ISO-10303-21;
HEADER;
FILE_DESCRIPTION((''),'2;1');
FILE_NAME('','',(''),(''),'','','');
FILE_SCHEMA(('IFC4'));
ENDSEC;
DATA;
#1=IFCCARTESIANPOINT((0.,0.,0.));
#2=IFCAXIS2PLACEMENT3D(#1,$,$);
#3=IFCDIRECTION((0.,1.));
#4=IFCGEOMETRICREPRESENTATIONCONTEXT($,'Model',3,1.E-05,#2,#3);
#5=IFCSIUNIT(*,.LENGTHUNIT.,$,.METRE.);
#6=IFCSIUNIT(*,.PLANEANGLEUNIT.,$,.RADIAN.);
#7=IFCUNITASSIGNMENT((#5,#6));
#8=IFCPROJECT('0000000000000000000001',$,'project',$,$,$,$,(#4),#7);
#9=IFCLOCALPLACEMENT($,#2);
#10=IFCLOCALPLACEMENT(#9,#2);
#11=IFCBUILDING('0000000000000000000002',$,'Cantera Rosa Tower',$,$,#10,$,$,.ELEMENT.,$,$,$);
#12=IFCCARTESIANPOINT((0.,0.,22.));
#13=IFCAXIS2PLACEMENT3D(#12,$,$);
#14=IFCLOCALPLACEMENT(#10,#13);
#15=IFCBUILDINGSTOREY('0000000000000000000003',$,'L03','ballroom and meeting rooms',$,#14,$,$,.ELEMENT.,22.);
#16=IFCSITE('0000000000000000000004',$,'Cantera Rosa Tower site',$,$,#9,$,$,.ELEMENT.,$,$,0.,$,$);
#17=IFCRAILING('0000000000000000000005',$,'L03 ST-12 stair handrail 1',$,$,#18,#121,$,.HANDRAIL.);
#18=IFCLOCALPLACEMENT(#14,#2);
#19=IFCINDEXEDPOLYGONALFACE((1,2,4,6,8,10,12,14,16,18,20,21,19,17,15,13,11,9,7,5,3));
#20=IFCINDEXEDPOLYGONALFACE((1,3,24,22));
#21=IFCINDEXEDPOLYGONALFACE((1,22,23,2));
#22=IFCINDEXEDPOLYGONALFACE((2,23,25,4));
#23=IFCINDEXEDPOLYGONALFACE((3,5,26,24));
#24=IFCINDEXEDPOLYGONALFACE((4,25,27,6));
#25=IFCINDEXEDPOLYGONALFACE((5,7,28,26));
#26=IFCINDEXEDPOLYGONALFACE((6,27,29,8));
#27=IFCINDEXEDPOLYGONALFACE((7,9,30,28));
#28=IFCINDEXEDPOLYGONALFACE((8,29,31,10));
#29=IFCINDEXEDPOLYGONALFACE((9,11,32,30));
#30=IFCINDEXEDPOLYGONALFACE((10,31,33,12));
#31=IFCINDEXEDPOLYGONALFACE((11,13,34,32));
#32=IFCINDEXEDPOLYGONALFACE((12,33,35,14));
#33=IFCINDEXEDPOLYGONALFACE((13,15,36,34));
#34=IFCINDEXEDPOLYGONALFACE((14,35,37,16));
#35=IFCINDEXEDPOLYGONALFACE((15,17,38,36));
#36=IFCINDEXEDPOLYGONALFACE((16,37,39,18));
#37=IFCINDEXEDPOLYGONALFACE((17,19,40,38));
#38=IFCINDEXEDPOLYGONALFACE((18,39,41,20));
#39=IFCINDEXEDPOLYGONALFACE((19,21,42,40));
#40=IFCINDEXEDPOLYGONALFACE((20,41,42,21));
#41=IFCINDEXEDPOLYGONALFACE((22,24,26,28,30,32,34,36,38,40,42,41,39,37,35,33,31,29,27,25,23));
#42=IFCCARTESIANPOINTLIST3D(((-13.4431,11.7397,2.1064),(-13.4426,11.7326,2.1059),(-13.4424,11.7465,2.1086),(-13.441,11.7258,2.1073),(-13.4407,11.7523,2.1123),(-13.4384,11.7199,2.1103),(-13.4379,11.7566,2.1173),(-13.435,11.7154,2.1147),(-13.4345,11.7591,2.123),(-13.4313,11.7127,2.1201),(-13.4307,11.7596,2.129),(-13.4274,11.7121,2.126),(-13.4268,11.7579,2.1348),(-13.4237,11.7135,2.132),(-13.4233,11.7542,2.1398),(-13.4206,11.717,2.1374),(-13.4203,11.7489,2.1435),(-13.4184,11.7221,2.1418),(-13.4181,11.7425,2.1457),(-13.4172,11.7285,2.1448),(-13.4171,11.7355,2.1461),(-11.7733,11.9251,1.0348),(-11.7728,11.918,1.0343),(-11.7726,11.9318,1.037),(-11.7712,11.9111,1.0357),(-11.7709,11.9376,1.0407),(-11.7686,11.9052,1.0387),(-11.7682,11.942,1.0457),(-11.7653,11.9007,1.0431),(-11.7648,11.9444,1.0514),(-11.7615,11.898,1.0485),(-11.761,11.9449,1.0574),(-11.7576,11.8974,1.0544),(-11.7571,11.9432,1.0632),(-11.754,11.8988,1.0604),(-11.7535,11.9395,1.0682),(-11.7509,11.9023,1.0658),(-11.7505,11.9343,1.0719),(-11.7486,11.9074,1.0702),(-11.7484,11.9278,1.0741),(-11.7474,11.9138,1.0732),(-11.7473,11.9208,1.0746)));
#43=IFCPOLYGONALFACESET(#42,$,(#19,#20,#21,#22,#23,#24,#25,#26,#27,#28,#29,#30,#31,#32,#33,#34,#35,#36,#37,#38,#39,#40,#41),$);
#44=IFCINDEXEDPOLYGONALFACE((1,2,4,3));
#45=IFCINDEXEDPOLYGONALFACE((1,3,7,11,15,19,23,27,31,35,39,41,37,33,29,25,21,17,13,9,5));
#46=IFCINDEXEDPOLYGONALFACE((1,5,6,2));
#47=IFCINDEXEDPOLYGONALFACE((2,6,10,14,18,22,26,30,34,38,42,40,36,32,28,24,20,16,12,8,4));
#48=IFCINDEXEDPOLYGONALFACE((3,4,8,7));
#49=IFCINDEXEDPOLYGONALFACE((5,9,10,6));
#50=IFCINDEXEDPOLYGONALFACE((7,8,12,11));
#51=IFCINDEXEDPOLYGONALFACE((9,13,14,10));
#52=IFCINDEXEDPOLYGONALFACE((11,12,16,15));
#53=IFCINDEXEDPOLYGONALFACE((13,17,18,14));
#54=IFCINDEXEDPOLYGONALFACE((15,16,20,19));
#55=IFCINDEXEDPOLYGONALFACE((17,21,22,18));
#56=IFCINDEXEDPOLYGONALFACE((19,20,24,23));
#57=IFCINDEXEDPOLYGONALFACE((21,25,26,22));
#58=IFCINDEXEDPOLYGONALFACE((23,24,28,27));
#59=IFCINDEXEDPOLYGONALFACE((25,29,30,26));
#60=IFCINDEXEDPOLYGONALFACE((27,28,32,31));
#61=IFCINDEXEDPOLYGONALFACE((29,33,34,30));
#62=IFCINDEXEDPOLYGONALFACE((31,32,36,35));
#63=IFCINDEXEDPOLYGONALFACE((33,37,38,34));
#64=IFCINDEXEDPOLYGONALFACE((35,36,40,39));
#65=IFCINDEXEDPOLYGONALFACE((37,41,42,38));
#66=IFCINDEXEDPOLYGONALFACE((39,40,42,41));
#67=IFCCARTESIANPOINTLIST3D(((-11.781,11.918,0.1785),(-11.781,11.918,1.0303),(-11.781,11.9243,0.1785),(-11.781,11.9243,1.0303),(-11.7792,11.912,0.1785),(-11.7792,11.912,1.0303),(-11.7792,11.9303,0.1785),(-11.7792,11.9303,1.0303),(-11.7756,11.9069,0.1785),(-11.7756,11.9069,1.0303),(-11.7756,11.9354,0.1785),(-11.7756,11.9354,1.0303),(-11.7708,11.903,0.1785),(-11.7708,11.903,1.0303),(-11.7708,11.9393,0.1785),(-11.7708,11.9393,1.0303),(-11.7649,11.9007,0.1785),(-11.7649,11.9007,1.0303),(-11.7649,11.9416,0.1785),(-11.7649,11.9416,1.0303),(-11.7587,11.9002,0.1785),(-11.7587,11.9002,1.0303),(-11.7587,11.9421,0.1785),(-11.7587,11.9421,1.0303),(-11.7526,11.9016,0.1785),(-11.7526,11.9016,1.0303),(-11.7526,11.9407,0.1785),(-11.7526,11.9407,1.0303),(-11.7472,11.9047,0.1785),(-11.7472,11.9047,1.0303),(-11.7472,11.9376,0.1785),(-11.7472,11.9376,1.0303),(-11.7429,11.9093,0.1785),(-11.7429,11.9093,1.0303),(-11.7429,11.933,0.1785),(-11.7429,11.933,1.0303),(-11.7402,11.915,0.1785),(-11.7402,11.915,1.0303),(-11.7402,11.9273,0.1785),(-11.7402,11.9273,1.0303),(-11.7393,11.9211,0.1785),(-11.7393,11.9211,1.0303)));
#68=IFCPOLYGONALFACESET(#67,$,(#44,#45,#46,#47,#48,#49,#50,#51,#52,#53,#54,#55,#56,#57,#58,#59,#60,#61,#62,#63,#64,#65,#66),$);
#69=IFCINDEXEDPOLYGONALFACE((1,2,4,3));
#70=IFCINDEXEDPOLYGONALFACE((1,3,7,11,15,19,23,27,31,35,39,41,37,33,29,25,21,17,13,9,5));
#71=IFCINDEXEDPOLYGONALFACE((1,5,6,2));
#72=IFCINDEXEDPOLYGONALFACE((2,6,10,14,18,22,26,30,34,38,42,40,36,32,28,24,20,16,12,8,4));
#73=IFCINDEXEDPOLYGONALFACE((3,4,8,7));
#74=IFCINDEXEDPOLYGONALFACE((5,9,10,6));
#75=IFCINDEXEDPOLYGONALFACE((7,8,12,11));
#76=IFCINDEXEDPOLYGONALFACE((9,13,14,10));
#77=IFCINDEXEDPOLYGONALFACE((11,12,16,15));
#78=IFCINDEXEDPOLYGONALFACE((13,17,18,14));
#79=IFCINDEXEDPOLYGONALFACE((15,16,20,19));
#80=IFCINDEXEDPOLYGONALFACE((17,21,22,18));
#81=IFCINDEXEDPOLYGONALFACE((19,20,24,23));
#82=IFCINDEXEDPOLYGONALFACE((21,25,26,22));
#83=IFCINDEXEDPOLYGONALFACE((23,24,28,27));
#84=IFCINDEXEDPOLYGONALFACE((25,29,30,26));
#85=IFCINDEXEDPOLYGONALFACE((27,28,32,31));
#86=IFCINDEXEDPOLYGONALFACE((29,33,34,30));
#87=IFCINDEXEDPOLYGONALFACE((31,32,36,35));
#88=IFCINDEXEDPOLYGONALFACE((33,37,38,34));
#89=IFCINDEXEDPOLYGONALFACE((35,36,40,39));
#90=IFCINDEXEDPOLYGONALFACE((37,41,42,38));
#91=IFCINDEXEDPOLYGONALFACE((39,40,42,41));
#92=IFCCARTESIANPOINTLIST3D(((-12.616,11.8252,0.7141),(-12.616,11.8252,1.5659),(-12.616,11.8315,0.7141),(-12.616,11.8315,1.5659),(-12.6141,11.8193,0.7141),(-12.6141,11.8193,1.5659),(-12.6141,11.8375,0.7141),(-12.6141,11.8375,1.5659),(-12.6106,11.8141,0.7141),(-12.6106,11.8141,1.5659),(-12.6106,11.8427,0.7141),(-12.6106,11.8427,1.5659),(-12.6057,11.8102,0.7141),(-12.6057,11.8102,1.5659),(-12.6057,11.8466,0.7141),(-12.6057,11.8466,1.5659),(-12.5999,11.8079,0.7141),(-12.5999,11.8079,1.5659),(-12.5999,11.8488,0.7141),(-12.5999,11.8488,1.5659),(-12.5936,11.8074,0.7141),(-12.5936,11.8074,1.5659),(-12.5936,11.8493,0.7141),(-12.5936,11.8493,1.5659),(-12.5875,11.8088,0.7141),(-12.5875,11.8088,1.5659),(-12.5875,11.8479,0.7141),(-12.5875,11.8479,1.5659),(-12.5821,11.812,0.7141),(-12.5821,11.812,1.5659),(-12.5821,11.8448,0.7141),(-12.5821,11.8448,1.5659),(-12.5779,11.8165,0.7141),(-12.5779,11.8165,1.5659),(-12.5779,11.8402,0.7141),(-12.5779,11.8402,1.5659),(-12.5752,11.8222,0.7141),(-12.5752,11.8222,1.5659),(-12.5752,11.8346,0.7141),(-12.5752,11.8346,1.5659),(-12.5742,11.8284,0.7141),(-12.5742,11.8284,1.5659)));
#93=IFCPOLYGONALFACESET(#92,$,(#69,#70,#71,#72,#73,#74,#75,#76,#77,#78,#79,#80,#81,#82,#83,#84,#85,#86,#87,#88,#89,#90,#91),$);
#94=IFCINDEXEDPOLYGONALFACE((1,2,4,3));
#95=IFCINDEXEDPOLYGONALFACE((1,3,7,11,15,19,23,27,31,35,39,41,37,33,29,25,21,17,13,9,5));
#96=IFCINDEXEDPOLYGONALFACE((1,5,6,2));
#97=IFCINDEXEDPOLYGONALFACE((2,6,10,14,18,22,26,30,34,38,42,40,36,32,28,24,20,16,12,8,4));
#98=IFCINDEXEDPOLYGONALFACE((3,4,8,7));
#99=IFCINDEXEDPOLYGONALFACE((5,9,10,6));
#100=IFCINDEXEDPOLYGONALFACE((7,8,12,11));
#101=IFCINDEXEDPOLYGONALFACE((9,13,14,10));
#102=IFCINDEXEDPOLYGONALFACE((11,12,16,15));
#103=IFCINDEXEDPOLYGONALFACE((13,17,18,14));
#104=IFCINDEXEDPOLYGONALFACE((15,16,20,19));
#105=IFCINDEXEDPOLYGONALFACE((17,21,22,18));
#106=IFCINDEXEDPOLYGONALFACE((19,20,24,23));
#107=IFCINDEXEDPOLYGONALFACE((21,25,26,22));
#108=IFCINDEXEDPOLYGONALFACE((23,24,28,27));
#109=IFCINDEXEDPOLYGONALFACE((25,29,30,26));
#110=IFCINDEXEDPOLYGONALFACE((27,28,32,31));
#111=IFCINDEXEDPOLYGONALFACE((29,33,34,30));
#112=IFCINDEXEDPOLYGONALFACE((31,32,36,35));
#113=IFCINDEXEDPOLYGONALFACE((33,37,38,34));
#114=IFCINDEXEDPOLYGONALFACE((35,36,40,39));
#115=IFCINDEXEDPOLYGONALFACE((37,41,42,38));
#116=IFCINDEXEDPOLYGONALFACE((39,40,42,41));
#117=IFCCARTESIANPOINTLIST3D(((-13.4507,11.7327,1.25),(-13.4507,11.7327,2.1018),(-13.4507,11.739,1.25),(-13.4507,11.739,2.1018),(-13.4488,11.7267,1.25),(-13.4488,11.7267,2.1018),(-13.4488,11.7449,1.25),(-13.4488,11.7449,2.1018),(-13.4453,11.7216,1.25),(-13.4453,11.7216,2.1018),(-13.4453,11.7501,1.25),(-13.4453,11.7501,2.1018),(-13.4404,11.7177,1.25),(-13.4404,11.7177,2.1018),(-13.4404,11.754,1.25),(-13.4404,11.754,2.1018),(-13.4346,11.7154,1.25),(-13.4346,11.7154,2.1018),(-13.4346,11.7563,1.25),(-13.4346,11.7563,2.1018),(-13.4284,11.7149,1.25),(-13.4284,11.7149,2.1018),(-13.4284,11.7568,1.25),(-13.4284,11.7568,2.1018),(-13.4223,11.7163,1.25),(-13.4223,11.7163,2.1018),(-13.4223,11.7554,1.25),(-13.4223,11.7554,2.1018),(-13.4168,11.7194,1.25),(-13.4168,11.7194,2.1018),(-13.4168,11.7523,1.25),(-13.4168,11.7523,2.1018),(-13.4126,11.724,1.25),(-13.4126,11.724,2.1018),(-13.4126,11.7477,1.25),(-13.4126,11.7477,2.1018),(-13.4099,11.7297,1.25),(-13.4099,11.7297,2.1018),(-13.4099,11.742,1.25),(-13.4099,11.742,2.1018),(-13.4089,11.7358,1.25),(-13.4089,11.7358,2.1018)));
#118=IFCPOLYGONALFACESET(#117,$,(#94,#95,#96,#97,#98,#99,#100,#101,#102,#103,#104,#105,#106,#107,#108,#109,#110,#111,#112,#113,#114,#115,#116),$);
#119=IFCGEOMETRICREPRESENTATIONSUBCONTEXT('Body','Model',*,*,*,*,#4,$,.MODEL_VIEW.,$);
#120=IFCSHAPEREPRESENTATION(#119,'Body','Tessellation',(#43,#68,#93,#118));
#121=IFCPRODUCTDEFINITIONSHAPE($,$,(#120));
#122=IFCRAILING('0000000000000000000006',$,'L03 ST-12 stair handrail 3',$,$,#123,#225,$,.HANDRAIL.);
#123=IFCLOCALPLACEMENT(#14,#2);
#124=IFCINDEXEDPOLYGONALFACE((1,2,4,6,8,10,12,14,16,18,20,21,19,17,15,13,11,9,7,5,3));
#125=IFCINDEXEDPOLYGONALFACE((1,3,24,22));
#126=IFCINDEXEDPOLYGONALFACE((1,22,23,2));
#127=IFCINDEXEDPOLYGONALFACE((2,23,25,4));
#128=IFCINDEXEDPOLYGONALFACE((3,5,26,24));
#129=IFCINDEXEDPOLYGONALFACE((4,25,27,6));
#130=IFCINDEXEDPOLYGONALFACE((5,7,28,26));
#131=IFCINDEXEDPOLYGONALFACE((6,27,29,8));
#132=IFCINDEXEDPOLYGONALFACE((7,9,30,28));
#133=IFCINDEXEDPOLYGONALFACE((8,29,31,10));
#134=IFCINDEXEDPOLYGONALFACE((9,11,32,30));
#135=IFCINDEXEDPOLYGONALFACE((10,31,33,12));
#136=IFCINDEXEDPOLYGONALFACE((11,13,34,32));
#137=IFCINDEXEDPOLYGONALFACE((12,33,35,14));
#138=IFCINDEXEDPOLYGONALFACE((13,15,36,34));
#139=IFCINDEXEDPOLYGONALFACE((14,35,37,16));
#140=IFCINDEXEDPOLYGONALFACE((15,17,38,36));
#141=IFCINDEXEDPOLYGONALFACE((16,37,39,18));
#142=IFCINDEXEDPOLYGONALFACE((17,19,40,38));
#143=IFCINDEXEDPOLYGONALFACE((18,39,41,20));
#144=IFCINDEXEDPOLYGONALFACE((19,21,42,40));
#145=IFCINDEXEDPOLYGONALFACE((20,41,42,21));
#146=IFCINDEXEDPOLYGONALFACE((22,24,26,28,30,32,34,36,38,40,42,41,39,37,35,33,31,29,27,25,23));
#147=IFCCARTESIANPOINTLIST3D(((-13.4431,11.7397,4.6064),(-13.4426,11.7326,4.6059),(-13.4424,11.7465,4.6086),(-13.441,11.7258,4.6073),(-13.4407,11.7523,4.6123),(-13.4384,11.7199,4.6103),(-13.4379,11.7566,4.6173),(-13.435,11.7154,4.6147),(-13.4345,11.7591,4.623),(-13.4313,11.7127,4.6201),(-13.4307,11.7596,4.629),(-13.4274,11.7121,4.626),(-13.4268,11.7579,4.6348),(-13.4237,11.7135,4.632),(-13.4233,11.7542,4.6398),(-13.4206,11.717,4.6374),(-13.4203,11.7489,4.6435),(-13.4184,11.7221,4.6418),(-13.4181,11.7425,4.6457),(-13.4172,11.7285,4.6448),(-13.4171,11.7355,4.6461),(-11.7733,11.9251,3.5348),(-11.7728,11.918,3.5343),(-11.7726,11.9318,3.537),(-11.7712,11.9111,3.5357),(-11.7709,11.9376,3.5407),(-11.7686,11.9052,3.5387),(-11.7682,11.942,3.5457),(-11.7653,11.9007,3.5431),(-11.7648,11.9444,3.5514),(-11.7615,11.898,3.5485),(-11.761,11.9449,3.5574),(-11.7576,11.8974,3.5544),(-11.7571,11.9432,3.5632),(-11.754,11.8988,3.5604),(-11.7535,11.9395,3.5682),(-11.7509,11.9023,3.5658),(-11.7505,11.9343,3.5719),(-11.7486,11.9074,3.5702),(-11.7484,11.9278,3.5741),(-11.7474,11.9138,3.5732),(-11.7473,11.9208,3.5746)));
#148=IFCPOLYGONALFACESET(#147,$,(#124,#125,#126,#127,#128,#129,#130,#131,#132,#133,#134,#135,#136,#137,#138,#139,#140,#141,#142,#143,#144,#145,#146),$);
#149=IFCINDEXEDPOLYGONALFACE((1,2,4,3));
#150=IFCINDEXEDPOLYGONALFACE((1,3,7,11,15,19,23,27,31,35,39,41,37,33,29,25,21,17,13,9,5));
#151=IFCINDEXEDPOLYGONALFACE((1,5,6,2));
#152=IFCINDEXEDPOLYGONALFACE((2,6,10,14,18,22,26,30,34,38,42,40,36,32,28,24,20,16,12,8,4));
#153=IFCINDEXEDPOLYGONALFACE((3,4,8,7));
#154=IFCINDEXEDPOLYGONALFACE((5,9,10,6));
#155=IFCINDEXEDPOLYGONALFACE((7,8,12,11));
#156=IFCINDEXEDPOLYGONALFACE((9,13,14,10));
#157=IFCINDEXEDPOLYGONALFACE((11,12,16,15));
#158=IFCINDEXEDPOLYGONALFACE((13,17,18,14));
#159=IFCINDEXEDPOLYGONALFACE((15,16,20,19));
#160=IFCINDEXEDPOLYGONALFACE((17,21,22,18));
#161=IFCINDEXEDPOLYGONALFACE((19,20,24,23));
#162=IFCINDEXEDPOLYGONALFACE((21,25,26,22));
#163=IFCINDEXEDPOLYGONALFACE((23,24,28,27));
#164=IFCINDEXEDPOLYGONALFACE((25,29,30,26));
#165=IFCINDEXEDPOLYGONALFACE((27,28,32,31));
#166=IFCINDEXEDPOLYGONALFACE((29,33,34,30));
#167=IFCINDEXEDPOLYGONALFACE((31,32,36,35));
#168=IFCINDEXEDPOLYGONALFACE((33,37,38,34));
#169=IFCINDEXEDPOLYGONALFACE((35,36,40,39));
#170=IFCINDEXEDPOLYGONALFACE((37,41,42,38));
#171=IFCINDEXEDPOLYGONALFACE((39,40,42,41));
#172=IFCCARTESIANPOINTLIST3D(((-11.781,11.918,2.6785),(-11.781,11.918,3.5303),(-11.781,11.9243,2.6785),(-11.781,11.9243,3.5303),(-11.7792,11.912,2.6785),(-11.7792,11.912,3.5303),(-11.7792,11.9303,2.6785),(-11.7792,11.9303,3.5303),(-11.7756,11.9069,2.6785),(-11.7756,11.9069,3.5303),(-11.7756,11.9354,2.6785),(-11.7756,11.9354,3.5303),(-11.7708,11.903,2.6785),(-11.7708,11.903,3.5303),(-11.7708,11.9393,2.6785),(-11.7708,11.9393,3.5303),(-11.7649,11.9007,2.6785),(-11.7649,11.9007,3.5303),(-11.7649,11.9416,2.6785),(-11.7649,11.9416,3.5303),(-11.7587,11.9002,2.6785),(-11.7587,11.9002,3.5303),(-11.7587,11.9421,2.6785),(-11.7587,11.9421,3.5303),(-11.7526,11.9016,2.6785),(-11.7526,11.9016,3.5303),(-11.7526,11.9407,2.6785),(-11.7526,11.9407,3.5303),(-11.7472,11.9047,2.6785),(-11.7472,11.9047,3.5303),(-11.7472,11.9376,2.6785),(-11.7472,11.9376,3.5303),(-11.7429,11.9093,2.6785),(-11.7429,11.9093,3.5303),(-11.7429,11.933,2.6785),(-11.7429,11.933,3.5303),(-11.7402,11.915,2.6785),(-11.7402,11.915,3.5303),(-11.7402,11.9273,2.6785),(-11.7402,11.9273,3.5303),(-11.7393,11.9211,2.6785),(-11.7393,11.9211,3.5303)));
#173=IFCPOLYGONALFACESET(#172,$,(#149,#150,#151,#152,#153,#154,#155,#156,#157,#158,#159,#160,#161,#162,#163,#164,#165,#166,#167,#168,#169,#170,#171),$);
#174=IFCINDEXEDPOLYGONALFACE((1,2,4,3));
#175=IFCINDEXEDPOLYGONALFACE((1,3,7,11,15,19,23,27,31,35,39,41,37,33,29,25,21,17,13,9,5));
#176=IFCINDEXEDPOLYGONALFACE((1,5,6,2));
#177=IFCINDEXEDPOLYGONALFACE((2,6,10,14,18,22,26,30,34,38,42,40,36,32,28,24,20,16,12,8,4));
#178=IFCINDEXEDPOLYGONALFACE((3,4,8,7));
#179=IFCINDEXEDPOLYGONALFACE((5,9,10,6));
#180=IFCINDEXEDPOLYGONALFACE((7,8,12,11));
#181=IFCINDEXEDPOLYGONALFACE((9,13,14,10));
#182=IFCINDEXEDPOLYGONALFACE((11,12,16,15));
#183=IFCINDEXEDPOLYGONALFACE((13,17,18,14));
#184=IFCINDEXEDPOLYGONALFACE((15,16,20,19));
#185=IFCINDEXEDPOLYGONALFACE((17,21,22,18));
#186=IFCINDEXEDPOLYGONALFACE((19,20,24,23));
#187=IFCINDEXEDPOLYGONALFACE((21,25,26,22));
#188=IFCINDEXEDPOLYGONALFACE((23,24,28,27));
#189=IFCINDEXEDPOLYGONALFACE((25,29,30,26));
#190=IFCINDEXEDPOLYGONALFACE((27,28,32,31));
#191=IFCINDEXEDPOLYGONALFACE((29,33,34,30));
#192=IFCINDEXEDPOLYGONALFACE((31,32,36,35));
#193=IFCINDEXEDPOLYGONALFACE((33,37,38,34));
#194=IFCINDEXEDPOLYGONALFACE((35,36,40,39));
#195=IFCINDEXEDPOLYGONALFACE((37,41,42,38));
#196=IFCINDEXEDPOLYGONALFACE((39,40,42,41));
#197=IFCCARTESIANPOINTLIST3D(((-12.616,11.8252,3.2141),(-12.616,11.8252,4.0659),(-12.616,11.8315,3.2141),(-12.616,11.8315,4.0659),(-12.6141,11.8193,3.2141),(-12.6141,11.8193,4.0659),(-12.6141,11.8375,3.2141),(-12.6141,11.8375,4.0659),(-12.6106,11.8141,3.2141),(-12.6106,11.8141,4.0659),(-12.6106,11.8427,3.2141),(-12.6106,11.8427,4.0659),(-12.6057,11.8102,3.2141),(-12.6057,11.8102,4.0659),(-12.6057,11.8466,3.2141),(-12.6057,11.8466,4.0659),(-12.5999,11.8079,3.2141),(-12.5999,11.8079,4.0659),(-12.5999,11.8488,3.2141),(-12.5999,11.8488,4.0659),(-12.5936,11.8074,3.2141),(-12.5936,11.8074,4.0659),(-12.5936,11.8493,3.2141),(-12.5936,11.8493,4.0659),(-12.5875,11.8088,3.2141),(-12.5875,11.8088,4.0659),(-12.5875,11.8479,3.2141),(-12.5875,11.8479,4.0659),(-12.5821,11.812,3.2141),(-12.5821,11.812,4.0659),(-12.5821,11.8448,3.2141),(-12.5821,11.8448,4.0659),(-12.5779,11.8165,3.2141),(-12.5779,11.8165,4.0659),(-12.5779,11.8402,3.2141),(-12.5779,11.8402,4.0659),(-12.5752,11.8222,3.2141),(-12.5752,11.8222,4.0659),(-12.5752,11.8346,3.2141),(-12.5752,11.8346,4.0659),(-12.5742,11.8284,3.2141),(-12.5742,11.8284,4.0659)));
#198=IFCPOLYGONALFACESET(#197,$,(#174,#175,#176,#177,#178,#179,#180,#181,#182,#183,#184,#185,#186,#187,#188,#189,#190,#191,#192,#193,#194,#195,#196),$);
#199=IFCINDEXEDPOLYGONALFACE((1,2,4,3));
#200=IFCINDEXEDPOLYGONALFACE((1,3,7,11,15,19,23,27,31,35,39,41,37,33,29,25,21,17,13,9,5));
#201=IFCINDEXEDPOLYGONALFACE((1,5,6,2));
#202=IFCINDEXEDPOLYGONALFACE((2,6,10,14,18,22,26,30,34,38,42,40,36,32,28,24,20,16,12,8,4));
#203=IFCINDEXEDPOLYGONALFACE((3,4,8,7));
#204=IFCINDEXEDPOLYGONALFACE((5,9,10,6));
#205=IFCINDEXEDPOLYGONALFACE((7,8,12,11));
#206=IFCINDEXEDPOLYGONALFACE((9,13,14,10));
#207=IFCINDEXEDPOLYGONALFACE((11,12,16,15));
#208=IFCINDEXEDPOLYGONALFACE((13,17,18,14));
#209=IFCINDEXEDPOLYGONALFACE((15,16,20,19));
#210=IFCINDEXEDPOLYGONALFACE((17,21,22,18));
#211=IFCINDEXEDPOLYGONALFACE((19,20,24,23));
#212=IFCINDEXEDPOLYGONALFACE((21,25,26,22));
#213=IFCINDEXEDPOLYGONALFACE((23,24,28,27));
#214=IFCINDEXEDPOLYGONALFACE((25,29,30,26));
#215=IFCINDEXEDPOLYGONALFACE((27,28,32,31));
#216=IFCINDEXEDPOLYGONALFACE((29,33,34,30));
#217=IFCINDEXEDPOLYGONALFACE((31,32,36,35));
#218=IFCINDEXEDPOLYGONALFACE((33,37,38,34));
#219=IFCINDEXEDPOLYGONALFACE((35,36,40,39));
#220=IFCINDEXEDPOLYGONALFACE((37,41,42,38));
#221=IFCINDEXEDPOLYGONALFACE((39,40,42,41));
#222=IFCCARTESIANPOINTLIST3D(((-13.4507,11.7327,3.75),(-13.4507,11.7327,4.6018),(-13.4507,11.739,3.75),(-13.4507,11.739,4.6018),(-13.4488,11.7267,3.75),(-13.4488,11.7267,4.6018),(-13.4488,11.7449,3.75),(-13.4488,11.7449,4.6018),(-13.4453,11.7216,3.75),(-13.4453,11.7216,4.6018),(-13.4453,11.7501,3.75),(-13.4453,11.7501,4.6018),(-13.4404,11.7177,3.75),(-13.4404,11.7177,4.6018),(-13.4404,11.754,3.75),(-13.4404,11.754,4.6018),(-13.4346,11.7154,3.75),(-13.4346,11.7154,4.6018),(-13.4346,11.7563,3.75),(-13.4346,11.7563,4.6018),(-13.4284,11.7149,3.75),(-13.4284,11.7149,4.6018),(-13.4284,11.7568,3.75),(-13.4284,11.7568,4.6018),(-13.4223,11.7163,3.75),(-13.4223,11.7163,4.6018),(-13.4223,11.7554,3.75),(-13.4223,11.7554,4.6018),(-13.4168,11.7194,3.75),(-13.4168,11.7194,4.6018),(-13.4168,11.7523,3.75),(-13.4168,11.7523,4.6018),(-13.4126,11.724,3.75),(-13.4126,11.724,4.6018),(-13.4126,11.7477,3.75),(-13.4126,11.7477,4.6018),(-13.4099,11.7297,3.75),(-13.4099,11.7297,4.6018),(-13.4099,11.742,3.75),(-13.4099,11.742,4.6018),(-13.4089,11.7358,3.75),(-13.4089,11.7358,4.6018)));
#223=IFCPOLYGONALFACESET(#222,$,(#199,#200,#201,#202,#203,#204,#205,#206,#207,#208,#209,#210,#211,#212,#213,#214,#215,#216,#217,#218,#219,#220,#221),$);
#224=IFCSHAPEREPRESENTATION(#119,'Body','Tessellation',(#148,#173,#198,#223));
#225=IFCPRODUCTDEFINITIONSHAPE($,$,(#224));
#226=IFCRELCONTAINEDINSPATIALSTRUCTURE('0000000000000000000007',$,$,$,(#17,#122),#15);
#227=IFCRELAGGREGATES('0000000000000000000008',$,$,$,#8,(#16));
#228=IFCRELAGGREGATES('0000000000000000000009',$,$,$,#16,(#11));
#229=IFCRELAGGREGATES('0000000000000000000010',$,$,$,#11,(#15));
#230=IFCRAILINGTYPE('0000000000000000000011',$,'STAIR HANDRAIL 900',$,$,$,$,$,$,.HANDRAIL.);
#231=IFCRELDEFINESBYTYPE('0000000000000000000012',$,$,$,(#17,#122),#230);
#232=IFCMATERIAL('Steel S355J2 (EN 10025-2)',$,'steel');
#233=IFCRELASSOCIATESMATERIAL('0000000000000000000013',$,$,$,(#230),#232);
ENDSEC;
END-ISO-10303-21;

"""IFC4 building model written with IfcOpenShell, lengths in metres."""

from ifc_helpers import new_model, si_unit, direction, frame, origin, origin_2d, place, context, subcontext, project, spatial, circle, extrude, material, type_object, element, save


model = new_model("IFC4")

# Units and contexts
model_context = context("Model", 3, precision=1e-05, world=origin(), true_north=direction((0.0, 1.0)))
body_context = subcontext(model_context, "Body", "Model", "MODEL_VIEW")
ifc_project = project(units=[si_unit("LENGTHUNIT", "METRE"), si_unit("PLANEANGLEUNIT", "RADIAN")], contexts=[model_context])

# Site, building, storey
site_placement = place(None, origin())
site = spatial("IfcSite", under=ifc_project, at=site_placement, Name="Cantera Rosa Tower site", CompositionType="ELEMENT", RefElevation=0.0)
building_placement = place(site_placement, origin())
building = spatial("IfcBuilding", under=site, at=building_placement, Name="Cantera Rosa Tower", CompositionType="ELEMENT")
storey_placement = place(building_placement, frame((0.0, 0.0, 22.0)))
storey = spatial("IfcBuildingStorey", under=building, at=storey_placement, Name="L03", Description="ballroom and meeting rooms", CompositionType="ELEMENT", Elevation=22.0)

# Railings
ifc_material_1 = material(Name="Steel S355J2 (EN 10025-2)", Category="steel")
railing_type_1 = type_object("IfcRailingType", Name="STAIR HANDRAIL 900", PredefinedType="HANDRAIL", material=ifc_material_1)
for number, where, name in (
    (1, (-11.7603, 11.9211, 0.1785), "L03 ST-12 stair handrail 1"),
    (2, (-11.7603, 11.9211, 2.6785), "L03 ST-12 stair handrail 3"),
):
    element("IfcRailing", number, at=place(storey_placement, frame(where)), inside=storey, type_object=railing_type_1, Name=name, PredefinedType="HANDRAIL", context=body_context, shape_type="SweptSolid", body=[
        extrude(circle(Radius=0.0239, at=origin_2d()), frame((0.0, 0.0, 0.876), z_axis=(-0.837951, -0.092997, 0.537764), x_axis=(0.110304, -0.993898, 0.0)), (0.0, 0.0, 1.0), 1.9927),
        extrude(circle(Radius=0.021, at=origin_2d()), origin(), (0.0, 0.0, 1.0), 0.8518),
        extrude(circle(Radius=0.021, at=origin_2d()), frame((-0.835, -0.0928, 0.5356)), (0.0, 0.0, 1.0), 0.8518),
        extrude(circle(Radius=0.021, at=origin_2d()), frame((-1.6697, -0.1853, 1.0715)), (0.0, 0.0, 1.0), 0.8518),
    ])

save(model, "model.ifc")
